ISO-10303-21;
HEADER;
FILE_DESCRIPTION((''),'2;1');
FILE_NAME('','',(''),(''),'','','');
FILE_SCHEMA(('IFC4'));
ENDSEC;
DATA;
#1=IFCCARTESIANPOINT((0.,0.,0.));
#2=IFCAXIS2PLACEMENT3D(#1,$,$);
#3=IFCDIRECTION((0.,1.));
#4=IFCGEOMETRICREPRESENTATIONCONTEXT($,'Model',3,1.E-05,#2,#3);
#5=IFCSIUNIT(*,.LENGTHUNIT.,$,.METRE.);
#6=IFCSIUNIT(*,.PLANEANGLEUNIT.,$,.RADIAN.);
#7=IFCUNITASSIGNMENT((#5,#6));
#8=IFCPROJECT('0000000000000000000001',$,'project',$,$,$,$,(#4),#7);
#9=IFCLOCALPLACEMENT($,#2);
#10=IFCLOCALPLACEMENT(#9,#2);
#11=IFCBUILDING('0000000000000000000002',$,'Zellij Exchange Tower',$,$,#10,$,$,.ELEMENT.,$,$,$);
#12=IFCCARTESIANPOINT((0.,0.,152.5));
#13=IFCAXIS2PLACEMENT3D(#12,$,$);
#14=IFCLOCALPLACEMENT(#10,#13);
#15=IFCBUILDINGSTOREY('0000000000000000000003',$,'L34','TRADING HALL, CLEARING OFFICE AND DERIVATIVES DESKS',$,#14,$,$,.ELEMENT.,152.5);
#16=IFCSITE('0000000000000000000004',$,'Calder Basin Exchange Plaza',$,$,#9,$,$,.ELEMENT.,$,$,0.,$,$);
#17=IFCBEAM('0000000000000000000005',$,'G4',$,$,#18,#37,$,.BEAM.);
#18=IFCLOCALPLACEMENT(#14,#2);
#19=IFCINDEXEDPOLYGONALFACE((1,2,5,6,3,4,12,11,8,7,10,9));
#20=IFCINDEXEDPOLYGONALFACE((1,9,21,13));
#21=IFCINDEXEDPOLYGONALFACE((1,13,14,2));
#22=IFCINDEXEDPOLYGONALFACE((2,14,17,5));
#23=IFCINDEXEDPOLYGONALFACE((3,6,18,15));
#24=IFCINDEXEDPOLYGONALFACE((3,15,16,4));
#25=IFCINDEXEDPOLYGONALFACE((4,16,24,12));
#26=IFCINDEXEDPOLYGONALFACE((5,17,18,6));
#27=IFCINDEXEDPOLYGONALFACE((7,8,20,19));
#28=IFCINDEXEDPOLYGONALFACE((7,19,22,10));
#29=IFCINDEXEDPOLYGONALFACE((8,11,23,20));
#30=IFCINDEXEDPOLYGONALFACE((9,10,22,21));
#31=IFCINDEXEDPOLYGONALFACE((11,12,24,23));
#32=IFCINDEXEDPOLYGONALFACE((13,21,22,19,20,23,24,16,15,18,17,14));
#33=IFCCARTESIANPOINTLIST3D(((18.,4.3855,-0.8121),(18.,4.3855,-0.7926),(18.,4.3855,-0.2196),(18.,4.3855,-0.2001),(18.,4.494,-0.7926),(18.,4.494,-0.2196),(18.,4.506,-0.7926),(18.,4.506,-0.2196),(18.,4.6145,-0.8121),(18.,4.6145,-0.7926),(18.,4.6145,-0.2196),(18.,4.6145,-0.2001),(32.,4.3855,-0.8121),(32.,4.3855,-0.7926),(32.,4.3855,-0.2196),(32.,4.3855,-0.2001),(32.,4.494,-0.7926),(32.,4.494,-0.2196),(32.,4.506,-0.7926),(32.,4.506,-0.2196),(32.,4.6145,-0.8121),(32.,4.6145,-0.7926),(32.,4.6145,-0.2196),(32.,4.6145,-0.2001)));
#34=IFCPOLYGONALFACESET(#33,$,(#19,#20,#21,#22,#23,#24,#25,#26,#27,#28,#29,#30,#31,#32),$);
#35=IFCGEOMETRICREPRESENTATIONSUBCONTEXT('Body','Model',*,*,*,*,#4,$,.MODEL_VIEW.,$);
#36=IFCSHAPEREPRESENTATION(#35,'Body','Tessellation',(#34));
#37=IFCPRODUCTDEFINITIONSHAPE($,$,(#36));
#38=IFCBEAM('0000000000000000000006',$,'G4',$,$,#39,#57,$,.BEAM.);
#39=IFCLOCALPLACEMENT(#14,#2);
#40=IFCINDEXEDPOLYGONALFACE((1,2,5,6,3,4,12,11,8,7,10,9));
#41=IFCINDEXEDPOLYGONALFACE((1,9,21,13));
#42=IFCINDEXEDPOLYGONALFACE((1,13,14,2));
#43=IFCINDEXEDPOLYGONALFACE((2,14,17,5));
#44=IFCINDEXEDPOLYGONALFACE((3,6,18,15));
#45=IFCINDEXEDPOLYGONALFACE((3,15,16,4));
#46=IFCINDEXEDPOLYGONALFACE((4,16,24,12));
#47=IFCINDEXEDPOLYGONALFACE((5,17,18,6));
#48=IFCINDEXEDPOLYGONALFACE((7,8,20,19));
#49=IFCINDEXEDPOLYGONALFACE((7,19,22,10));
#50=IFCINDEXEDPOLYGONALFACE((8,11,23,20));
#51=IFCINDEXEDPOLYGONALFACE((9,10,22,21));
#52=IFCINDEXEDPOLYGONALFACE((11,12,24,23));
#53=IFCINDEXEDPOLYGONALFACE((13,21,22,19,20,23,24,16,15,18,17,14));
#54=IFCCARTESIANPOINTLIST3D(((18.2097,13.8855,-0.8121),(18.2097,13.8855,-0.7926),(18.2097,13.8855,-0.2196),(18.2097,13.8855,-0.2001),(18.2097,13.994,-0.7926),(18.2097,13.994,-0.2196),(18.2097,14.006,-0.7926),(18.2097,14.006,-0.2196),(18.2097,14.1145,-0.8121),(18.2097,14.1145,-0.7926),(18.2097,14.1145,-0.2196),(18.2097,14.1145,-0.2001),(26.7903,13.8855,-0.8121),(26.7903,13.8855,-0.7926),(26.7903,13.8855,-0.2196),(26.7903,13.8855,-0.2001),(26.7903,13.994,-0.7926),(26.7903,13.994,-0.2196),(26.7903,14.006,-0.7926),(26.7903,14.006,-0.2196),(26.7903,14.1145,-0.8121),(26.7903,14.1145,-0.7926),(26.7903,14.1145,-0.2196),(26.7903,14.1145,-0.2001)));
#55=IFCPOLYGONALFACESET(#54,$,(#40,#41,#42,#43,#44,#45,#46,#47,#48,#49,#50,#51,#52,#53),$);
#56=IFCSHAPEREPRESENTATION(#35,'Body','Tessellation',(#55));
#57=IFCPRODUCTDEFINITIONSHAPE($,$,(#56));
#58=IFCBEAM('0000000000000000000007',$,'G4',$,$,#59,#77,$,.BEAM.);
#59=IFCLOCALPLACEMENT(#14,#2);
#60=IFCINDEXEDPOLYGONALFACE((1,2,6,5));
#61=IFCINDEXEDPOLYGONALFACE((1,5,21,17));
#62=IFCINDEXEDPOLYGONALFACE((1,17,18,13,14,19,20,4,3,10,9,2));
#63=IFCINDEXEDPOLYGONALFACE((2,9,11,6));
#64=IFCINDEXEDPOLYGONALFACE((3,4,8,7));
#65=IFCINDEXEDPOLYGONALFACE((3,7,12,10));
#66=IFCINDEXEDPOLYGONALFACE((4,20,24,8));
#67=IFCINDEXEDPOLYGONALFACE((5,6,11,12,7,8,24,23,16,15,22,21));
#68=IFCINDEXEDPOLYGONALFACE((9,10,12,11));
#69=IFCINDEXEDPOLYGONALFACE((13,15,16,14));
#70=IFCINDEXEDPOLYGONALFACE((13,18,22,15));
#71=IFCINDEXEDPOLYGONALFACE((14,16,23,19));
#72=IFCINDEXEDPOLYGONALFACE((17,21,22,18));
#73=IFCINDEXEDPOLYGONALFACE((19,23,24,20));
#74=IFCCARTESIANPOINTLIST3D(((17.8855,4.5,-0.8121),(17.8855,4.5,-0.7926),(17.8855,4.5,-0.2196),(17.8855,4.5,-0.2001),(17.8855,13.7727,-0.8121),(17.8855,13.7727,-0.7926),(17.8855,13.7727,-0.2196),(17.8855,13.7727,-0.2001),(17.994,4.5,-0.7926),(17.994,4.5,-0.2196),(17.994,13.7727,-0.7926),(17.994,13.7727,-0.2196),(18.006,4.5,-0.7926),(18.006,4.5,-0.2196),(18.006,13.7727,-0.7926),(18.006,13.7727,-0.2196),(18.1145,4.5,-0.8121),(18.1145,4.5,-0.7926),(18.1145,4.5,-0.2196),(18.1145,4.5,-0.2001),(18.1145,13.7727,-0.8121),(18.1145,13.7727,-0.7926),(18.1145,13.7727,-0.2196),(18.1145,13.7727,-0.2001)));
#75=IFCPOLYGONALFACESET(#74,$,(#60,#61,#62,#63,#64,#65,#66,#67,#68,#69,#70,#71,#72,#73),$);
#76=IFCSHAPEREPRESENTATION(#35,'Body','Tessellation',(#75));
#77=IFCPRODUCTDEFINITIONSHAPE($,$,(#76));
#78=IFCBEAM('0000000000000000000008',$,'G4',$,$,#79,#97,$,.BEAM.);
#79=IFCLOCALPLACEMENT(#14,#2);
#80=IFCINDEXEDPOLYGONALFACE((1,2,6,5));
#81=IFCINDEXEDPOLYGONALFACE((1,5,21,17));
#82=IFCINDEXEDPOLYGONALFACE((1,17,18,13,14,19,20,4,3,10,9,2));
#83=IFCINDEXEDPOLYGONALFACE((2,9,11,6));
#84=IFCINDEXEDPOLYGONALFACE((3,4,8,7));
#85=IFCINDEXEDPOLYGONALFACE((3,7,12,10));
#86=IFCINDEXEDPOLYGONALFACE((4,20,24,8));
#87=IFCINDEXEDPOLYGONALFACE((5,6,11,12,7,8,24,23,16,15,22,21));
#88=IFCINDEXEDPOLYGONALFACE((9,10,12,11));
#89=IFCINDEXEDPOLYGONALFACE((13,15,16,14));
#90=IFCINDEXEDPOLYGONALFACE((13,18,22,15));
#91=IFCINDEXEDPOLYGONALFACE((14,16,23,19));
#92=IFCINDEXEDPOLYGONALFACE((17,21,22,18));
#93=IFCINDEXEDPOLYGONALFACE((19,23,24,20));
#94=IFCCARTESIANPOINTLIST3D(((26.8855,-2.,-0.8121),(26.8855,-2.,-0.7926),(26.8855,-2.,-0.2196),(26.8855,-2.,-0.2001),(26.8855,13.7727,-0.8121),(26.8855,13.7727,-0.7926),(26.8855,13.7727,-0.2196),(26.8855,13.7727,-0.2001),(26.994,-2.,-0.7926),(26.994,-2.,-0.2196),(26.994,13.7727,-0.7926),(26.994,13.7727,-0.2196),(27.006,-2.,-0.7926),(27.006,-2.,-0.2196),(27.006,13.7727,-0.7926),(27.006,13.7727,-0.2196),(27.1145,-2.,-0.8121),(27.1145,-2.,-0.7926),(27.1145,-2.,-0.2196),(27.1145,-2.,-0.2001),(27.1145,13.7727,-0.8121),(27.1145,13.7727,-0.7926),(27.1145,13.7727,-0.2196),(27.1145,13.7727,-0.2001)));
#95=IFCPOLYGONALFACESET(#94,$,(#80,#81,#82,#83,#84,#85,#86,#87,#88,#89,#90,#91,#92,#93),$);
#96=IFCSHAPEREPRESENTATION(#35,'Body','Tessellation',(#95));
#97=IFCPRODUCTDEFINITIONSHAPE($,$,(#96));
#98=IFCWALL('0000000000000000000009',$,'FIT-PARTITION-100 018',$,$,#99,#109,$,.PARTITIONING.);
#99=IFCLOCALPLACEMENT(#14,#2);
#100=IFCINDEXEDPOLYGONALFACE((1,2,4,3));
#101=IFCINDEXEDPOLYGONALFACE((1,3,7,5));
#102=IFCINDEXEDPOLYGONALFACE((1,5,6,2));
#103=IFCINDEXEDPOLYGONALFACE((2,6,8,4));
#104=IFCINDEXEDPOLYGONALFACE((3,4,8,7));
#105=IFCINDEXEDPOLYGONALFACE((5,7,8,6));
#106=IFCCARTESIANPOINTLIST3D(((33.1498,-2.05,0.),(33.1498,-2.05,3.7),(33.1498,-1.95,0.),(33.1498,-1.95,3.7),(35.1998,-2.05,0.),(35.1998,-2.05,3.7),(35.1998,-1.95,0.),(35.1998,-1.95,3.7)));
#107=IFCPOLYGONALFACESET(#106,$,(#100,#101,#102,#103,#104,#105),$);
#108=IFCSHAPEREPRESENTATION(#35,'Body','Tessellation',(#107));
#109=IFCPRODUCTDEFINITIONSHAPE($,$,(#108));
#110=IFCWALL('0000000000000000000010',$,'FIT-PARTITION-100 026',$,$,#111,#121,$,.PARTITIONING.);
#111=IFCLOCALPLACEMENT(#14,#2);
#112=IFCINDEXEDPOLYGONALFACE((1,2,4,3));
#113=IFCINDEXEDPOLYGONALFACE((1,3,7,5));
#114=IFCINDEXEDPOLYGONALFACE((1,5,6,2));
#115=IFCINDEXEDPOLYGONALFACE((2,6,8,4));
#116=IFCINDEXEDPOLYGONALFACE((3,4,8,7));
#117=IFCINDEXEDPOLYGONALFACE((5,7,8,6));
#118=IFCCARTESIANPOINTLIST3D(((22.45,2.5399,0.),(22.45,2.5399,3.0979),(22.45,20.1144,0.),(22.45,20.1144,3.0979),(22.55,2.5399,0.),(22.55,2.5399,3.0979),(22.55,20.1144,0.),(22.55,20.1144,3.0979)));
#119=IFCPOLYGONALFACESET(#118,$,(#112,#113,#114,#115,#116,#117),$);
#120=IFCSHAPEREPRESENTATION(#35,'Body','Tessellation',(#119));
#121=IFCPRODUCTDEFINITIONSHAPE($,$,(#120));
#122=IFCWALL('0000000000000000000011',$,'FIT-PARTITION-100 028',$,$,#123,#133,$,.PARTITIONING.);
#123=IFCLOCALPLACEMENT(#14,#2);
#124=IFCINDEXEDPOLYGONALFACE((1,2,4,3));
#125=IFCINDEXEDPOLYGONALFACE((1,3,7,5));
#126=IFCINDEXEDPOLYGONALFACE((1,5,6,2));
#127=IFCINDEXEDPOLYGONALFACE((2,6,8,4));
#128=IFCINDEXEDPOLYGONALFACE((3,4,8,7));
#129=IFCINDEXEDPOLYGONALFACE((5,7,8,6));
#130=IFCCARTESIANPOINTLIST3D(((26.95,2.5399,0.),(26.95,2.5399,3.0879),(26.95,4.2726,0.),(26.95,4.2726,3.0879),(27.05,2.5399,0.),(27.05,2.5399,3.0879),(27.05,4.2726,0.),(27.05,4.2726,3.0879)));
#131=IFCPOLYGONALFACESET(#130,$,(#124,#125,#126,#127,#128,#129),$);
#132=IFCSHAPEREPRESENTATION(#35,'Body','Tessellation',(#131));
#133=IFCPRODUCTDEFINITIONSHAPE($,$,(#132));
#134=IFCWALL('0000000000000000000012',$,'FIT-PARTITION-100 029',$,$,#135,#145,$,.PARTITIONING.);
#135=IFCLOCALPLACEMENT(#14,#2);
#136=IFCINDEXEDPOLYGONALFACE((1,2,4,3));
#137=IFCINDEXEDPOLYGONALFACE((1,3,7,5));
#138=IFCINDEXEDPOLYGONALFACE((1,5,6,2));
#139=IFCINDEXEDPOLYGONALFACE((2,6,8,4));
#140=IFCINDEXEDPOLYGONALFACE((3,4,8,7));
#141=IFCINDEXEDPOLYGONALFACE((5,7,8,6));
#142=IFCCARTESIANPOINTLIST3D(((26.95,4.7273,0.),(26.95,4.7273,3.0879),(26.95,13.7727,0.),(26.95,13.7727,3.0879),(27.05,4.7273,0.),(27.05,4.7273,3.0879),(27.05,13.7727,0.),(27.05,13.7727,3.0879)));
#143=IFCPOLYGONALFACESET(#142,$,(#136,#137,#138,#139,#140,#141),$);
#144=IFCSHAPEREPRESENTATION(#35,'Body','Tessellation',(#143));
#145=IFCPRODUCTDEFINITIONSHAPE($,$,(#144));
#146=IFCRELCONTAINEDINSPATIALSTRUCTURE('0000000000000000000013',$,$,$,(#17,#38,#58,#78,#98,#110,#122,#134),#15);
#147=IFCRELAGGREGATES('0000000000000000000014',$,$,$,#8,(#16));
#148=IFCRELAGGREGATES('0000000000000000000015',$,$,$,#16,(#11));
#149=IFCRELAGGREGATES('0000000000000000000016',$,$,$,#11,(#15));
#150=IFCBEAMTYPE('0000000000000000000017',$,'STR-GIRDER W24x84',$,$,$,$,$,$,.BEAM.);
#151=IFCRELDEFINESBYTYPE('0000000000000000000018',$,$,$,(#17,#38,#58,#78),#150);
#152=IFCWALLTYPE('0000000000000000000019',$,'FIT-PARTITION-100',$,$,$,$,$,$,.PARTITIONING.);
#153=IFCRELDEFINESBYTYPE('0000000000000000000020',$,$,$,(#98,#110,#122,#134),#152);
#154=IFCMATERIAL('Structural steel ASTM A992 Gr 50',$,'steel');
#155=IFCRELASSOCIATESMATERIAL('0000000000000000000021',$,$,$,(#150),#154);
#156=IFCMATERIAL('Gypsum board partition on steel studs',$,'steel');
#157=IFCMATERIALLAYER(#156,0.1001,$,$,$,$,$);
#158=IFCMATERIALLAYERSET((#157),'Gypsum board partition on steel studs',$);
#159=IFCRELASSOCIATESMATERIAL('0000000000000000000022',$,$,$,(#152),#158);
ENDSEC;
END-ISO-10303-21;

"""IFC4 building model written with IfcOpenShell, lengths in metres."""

from ifc_helpers import new_model, si_unit, direction, frame, frame_2d, origin, origin_2d, place, context, subcontext, project, spatial, rectangle, i_section, extrude, material, layer, layer_set, material_profile, profile_set, type_object, element, save


model = new_model("IFC4")

# Units and contexts
model_context = context("Model", 3, precision=1e-05, world=origin(), true_north=direction((0.0, 1.0)))
body_context = subcontext(model_context, "Body", "Model", "MODEL_VIEW")
ifc_project = project(units=[si_unit("LENGTHUNIT", "METRE"), si_unit("PLANEANGLEUNIT", "RADIAN")], contexts=[model_context])

# Site, building, storey
site_placement = place(None, origin())
site = spatial("IfcSite", under=ifc_project, at=site_placement, Name="Calder Basin Exchange Plaza", CompositionType="ELEMENT", RefElevation=0.0)
building_placement = place(site_placement, origin())
building = spatial("IfcBuilding", under=site, at=building_placement, Name="Zellij Exchange Tower", CompositionType="ELEMENT")
storey_placement = place(building_placement, frame((0.0, 0.0, 152.5)))
storey = spatial("IfcBuildingStorey", under=building, at=storey_placement, Name="L34", Description="TRADING HALL, CLEARING OFFICE AND DERIVATIVES DESKS", CompositionType="ELEMENT", Elevation=152.5)

# Beams
ifc_material_1 = material(Name="Structural steel ASTM A992 Gr 50", Category="steel")
ifc_material_profile_1 = material_profile(ifc_material_1, i_section(OverallWidth=0.229, OverallDepth=0.6121, WebThickness=0.012, FlangeThickness=0.0195, at=origin_2d()), Name="W24x84")
ifc_profile_set_1 = profile_set([ifc_material_profile_1], Name="Structural steel ASTM A992 Gr 50")
beam_type_1 = type_object("IfcBeamType", Name="STR-GIRDER W24x84", PredefinedType="BEAM", material=ifc_profile_set_1)
beam_1_placement = place(storey_placement, frame((18.0, 4.5, -0.5061), z_axis=(1.0, 0.0, 0.0), x_axis=(0.0, 1.0, 0.0)))
element("IfcBeam", 1, at=beam_1_placement, inside=storey, type_object=beam_type_1, Name="G4", PredefinedType="BEAM", context=body_context, shape_type="SweptSolid", body=[
    extrude(i_section(OverallWidth=0.229, OverallDepth=0.6121, WebThickness=0.012, FlangeThickness=0.0195, at=origin_2d()), origin(), (0.0, 0.0, 1.0), 14.0),
])
beam_2_placement = place(storey_placement, frame((18.2097, 14.0, -0.5061), z_axis=(1.0, 0.0, 0.0), x_axis=(0.0, 1.0, 0.0)))
element("IfcBeam", 2, at=beam_2_placement, inside=storey, type_object=beam_type_1, Name="G4", PredefinedType="BEAM", context=body_context, shape_type="SweptSolid", body=[
    extrude(i_section(OverallWidth=0.229, OverallDepth=0.6121, WebThickness=0.012, FlangeThickness=0.0195, at=origin_2d()), origin(), (0.0, 0.0, 1.0), 8.5806),
])
beam_3_placement = place(storey_placement, frame((18.0, 4.5, -0.5061), z_axis=(0.0, 1.0, 0.0), x_axis=(-1.0, 0.0, 0.0)))
element("IfcBeam", 3, at=beam_3_placement, inside=storey, type_object=beam_type_1, Name="G4", PredefinedType="BEAM", context=body_context, shape_type="SweptSolid", body=[
    extrude(i_section(OverallWidth=0.229, OverallDepth=0.6121, WebThickness=0.012, FlangeThickness=0.0195, at=origin_2d()), origin(), (0.0, 0.0, 1.0), 9.2727),
])
beam_4_placement = place(storey_placement, frame((27.0, -2.0, -0.5061), z_axis=(0.0, 1.0, 0.0), x_axis=(-1.0, 0.0, 0.0)))
element("IfcBeam", 4, at=beam_4_placement, inside=storey, type_object=beam_type_1, Name="G4", PredefinedType="BEAM", context=body_context, shape_type="SweptSolid", body=[
    extrude(i_section(OverallWidth=0.229, OverallDepth=0.6121, WebThickness=0.012, FlangeThickness=0.0195, at=origin_2d()), origin(), (0.0, 0.0, 1.0), 15.7727),
])

# Walls
ifc_material_2 = material(Name="Gypsum board partition on steel studs", Category="steel")
ifc_layer_1 = layer(ifc_material_2, 0.1001)
ifc_layer_set_1 = layer_set([ifc_layer_1], Name="Gypsum board partition on steel studs")
wall_type = type_object("IfcWallType", Name="FIT-PARTITION-100", PredefinedType="PARTITIONING", material=ifc_layer_set_1)
wall_1_placement = place(storey_placement, frame((33.1499, -2.0, 0.0), z_axis=(0.0, 0.0, 1.0), x_axis=(1.0, 0.0, 0.0)))
element("IfcWall", 5, at=wall_1_placement, inside=storey, type_object=wall_type, Name="FIT-PARTITION-100 018", PredefinedType="PARTITIONING", context=body_context, shape_type="SweptSolid", body=[
    extrude(rectangle(XDim=2.05, YDim=0.1001, at=frame_2d((1.0249, 0.0))), origin(), (0.0, 0.0, 1.0), 3.7),
])
wall_2_placement = place(storey_placement, frame((22.5, 2.54, 0.0), z_axis=(0.0, 0.0, 1.0), x_axis=(0.0, 1.0, 0.0)))
element("IfcWall", 6, at=wall_2_placement, inside=storey, type_object=wall_type, Name="FIT-PARTITION-100 026", PredefinedType="PARTITIONING", context=body_context, shape_type="SweptSolid", body=[
    extrude(rectangle(XDim=17.5745, YDim=0.1001, at=frame_2d((8.7871, 0.0))), origin(), (0.0, 0.0, 1.0), 3.0979),
])
wall_3_placement = place(storey_placement, frame((27.0, 2.54, 0.0), z_axis=(0.0, 0.0, 1.0), x_axis=(0.0, 1.0, 0.0)))
element("IfcWall", 7, at=wall_3_placement, inside=storey, type_object=wall_type, Name="FIT-PARTITION-100 028", PredefinedType="PARTITIONING", context=body_context, shape_type="SweptSolid", body=[
    extrude(rectangle(XDim=1.7327, YDim=0.1001, at=frame_2d((0.8662, 0.0))), origin(), (0.0, 0.0, 1.0), 3.0879),
])
wall_4_placement = place(storey_placement, frame((27.0, 4.7273, 0.0), z_axis=(0.0, 0.0, 1.0), x_axis=(0.0, 1.0, 0.0)))
element("IfcWall", 8, at=wall_4_placement, inside=storey, type_object=wall_type, Name="FIT-PARTITION-100 029", PredefinedType="PARTITIONING", context=body_context, shape_type="SweptSolid", body=[
    extrude(rectangle(XDim=9.0454, YDim=0.1001, at=frame_2d((4.5227, 0.0))), origin(), (0.0, 0.0, 1.0), 3.0879),
])

save(model, "model.ifc")
